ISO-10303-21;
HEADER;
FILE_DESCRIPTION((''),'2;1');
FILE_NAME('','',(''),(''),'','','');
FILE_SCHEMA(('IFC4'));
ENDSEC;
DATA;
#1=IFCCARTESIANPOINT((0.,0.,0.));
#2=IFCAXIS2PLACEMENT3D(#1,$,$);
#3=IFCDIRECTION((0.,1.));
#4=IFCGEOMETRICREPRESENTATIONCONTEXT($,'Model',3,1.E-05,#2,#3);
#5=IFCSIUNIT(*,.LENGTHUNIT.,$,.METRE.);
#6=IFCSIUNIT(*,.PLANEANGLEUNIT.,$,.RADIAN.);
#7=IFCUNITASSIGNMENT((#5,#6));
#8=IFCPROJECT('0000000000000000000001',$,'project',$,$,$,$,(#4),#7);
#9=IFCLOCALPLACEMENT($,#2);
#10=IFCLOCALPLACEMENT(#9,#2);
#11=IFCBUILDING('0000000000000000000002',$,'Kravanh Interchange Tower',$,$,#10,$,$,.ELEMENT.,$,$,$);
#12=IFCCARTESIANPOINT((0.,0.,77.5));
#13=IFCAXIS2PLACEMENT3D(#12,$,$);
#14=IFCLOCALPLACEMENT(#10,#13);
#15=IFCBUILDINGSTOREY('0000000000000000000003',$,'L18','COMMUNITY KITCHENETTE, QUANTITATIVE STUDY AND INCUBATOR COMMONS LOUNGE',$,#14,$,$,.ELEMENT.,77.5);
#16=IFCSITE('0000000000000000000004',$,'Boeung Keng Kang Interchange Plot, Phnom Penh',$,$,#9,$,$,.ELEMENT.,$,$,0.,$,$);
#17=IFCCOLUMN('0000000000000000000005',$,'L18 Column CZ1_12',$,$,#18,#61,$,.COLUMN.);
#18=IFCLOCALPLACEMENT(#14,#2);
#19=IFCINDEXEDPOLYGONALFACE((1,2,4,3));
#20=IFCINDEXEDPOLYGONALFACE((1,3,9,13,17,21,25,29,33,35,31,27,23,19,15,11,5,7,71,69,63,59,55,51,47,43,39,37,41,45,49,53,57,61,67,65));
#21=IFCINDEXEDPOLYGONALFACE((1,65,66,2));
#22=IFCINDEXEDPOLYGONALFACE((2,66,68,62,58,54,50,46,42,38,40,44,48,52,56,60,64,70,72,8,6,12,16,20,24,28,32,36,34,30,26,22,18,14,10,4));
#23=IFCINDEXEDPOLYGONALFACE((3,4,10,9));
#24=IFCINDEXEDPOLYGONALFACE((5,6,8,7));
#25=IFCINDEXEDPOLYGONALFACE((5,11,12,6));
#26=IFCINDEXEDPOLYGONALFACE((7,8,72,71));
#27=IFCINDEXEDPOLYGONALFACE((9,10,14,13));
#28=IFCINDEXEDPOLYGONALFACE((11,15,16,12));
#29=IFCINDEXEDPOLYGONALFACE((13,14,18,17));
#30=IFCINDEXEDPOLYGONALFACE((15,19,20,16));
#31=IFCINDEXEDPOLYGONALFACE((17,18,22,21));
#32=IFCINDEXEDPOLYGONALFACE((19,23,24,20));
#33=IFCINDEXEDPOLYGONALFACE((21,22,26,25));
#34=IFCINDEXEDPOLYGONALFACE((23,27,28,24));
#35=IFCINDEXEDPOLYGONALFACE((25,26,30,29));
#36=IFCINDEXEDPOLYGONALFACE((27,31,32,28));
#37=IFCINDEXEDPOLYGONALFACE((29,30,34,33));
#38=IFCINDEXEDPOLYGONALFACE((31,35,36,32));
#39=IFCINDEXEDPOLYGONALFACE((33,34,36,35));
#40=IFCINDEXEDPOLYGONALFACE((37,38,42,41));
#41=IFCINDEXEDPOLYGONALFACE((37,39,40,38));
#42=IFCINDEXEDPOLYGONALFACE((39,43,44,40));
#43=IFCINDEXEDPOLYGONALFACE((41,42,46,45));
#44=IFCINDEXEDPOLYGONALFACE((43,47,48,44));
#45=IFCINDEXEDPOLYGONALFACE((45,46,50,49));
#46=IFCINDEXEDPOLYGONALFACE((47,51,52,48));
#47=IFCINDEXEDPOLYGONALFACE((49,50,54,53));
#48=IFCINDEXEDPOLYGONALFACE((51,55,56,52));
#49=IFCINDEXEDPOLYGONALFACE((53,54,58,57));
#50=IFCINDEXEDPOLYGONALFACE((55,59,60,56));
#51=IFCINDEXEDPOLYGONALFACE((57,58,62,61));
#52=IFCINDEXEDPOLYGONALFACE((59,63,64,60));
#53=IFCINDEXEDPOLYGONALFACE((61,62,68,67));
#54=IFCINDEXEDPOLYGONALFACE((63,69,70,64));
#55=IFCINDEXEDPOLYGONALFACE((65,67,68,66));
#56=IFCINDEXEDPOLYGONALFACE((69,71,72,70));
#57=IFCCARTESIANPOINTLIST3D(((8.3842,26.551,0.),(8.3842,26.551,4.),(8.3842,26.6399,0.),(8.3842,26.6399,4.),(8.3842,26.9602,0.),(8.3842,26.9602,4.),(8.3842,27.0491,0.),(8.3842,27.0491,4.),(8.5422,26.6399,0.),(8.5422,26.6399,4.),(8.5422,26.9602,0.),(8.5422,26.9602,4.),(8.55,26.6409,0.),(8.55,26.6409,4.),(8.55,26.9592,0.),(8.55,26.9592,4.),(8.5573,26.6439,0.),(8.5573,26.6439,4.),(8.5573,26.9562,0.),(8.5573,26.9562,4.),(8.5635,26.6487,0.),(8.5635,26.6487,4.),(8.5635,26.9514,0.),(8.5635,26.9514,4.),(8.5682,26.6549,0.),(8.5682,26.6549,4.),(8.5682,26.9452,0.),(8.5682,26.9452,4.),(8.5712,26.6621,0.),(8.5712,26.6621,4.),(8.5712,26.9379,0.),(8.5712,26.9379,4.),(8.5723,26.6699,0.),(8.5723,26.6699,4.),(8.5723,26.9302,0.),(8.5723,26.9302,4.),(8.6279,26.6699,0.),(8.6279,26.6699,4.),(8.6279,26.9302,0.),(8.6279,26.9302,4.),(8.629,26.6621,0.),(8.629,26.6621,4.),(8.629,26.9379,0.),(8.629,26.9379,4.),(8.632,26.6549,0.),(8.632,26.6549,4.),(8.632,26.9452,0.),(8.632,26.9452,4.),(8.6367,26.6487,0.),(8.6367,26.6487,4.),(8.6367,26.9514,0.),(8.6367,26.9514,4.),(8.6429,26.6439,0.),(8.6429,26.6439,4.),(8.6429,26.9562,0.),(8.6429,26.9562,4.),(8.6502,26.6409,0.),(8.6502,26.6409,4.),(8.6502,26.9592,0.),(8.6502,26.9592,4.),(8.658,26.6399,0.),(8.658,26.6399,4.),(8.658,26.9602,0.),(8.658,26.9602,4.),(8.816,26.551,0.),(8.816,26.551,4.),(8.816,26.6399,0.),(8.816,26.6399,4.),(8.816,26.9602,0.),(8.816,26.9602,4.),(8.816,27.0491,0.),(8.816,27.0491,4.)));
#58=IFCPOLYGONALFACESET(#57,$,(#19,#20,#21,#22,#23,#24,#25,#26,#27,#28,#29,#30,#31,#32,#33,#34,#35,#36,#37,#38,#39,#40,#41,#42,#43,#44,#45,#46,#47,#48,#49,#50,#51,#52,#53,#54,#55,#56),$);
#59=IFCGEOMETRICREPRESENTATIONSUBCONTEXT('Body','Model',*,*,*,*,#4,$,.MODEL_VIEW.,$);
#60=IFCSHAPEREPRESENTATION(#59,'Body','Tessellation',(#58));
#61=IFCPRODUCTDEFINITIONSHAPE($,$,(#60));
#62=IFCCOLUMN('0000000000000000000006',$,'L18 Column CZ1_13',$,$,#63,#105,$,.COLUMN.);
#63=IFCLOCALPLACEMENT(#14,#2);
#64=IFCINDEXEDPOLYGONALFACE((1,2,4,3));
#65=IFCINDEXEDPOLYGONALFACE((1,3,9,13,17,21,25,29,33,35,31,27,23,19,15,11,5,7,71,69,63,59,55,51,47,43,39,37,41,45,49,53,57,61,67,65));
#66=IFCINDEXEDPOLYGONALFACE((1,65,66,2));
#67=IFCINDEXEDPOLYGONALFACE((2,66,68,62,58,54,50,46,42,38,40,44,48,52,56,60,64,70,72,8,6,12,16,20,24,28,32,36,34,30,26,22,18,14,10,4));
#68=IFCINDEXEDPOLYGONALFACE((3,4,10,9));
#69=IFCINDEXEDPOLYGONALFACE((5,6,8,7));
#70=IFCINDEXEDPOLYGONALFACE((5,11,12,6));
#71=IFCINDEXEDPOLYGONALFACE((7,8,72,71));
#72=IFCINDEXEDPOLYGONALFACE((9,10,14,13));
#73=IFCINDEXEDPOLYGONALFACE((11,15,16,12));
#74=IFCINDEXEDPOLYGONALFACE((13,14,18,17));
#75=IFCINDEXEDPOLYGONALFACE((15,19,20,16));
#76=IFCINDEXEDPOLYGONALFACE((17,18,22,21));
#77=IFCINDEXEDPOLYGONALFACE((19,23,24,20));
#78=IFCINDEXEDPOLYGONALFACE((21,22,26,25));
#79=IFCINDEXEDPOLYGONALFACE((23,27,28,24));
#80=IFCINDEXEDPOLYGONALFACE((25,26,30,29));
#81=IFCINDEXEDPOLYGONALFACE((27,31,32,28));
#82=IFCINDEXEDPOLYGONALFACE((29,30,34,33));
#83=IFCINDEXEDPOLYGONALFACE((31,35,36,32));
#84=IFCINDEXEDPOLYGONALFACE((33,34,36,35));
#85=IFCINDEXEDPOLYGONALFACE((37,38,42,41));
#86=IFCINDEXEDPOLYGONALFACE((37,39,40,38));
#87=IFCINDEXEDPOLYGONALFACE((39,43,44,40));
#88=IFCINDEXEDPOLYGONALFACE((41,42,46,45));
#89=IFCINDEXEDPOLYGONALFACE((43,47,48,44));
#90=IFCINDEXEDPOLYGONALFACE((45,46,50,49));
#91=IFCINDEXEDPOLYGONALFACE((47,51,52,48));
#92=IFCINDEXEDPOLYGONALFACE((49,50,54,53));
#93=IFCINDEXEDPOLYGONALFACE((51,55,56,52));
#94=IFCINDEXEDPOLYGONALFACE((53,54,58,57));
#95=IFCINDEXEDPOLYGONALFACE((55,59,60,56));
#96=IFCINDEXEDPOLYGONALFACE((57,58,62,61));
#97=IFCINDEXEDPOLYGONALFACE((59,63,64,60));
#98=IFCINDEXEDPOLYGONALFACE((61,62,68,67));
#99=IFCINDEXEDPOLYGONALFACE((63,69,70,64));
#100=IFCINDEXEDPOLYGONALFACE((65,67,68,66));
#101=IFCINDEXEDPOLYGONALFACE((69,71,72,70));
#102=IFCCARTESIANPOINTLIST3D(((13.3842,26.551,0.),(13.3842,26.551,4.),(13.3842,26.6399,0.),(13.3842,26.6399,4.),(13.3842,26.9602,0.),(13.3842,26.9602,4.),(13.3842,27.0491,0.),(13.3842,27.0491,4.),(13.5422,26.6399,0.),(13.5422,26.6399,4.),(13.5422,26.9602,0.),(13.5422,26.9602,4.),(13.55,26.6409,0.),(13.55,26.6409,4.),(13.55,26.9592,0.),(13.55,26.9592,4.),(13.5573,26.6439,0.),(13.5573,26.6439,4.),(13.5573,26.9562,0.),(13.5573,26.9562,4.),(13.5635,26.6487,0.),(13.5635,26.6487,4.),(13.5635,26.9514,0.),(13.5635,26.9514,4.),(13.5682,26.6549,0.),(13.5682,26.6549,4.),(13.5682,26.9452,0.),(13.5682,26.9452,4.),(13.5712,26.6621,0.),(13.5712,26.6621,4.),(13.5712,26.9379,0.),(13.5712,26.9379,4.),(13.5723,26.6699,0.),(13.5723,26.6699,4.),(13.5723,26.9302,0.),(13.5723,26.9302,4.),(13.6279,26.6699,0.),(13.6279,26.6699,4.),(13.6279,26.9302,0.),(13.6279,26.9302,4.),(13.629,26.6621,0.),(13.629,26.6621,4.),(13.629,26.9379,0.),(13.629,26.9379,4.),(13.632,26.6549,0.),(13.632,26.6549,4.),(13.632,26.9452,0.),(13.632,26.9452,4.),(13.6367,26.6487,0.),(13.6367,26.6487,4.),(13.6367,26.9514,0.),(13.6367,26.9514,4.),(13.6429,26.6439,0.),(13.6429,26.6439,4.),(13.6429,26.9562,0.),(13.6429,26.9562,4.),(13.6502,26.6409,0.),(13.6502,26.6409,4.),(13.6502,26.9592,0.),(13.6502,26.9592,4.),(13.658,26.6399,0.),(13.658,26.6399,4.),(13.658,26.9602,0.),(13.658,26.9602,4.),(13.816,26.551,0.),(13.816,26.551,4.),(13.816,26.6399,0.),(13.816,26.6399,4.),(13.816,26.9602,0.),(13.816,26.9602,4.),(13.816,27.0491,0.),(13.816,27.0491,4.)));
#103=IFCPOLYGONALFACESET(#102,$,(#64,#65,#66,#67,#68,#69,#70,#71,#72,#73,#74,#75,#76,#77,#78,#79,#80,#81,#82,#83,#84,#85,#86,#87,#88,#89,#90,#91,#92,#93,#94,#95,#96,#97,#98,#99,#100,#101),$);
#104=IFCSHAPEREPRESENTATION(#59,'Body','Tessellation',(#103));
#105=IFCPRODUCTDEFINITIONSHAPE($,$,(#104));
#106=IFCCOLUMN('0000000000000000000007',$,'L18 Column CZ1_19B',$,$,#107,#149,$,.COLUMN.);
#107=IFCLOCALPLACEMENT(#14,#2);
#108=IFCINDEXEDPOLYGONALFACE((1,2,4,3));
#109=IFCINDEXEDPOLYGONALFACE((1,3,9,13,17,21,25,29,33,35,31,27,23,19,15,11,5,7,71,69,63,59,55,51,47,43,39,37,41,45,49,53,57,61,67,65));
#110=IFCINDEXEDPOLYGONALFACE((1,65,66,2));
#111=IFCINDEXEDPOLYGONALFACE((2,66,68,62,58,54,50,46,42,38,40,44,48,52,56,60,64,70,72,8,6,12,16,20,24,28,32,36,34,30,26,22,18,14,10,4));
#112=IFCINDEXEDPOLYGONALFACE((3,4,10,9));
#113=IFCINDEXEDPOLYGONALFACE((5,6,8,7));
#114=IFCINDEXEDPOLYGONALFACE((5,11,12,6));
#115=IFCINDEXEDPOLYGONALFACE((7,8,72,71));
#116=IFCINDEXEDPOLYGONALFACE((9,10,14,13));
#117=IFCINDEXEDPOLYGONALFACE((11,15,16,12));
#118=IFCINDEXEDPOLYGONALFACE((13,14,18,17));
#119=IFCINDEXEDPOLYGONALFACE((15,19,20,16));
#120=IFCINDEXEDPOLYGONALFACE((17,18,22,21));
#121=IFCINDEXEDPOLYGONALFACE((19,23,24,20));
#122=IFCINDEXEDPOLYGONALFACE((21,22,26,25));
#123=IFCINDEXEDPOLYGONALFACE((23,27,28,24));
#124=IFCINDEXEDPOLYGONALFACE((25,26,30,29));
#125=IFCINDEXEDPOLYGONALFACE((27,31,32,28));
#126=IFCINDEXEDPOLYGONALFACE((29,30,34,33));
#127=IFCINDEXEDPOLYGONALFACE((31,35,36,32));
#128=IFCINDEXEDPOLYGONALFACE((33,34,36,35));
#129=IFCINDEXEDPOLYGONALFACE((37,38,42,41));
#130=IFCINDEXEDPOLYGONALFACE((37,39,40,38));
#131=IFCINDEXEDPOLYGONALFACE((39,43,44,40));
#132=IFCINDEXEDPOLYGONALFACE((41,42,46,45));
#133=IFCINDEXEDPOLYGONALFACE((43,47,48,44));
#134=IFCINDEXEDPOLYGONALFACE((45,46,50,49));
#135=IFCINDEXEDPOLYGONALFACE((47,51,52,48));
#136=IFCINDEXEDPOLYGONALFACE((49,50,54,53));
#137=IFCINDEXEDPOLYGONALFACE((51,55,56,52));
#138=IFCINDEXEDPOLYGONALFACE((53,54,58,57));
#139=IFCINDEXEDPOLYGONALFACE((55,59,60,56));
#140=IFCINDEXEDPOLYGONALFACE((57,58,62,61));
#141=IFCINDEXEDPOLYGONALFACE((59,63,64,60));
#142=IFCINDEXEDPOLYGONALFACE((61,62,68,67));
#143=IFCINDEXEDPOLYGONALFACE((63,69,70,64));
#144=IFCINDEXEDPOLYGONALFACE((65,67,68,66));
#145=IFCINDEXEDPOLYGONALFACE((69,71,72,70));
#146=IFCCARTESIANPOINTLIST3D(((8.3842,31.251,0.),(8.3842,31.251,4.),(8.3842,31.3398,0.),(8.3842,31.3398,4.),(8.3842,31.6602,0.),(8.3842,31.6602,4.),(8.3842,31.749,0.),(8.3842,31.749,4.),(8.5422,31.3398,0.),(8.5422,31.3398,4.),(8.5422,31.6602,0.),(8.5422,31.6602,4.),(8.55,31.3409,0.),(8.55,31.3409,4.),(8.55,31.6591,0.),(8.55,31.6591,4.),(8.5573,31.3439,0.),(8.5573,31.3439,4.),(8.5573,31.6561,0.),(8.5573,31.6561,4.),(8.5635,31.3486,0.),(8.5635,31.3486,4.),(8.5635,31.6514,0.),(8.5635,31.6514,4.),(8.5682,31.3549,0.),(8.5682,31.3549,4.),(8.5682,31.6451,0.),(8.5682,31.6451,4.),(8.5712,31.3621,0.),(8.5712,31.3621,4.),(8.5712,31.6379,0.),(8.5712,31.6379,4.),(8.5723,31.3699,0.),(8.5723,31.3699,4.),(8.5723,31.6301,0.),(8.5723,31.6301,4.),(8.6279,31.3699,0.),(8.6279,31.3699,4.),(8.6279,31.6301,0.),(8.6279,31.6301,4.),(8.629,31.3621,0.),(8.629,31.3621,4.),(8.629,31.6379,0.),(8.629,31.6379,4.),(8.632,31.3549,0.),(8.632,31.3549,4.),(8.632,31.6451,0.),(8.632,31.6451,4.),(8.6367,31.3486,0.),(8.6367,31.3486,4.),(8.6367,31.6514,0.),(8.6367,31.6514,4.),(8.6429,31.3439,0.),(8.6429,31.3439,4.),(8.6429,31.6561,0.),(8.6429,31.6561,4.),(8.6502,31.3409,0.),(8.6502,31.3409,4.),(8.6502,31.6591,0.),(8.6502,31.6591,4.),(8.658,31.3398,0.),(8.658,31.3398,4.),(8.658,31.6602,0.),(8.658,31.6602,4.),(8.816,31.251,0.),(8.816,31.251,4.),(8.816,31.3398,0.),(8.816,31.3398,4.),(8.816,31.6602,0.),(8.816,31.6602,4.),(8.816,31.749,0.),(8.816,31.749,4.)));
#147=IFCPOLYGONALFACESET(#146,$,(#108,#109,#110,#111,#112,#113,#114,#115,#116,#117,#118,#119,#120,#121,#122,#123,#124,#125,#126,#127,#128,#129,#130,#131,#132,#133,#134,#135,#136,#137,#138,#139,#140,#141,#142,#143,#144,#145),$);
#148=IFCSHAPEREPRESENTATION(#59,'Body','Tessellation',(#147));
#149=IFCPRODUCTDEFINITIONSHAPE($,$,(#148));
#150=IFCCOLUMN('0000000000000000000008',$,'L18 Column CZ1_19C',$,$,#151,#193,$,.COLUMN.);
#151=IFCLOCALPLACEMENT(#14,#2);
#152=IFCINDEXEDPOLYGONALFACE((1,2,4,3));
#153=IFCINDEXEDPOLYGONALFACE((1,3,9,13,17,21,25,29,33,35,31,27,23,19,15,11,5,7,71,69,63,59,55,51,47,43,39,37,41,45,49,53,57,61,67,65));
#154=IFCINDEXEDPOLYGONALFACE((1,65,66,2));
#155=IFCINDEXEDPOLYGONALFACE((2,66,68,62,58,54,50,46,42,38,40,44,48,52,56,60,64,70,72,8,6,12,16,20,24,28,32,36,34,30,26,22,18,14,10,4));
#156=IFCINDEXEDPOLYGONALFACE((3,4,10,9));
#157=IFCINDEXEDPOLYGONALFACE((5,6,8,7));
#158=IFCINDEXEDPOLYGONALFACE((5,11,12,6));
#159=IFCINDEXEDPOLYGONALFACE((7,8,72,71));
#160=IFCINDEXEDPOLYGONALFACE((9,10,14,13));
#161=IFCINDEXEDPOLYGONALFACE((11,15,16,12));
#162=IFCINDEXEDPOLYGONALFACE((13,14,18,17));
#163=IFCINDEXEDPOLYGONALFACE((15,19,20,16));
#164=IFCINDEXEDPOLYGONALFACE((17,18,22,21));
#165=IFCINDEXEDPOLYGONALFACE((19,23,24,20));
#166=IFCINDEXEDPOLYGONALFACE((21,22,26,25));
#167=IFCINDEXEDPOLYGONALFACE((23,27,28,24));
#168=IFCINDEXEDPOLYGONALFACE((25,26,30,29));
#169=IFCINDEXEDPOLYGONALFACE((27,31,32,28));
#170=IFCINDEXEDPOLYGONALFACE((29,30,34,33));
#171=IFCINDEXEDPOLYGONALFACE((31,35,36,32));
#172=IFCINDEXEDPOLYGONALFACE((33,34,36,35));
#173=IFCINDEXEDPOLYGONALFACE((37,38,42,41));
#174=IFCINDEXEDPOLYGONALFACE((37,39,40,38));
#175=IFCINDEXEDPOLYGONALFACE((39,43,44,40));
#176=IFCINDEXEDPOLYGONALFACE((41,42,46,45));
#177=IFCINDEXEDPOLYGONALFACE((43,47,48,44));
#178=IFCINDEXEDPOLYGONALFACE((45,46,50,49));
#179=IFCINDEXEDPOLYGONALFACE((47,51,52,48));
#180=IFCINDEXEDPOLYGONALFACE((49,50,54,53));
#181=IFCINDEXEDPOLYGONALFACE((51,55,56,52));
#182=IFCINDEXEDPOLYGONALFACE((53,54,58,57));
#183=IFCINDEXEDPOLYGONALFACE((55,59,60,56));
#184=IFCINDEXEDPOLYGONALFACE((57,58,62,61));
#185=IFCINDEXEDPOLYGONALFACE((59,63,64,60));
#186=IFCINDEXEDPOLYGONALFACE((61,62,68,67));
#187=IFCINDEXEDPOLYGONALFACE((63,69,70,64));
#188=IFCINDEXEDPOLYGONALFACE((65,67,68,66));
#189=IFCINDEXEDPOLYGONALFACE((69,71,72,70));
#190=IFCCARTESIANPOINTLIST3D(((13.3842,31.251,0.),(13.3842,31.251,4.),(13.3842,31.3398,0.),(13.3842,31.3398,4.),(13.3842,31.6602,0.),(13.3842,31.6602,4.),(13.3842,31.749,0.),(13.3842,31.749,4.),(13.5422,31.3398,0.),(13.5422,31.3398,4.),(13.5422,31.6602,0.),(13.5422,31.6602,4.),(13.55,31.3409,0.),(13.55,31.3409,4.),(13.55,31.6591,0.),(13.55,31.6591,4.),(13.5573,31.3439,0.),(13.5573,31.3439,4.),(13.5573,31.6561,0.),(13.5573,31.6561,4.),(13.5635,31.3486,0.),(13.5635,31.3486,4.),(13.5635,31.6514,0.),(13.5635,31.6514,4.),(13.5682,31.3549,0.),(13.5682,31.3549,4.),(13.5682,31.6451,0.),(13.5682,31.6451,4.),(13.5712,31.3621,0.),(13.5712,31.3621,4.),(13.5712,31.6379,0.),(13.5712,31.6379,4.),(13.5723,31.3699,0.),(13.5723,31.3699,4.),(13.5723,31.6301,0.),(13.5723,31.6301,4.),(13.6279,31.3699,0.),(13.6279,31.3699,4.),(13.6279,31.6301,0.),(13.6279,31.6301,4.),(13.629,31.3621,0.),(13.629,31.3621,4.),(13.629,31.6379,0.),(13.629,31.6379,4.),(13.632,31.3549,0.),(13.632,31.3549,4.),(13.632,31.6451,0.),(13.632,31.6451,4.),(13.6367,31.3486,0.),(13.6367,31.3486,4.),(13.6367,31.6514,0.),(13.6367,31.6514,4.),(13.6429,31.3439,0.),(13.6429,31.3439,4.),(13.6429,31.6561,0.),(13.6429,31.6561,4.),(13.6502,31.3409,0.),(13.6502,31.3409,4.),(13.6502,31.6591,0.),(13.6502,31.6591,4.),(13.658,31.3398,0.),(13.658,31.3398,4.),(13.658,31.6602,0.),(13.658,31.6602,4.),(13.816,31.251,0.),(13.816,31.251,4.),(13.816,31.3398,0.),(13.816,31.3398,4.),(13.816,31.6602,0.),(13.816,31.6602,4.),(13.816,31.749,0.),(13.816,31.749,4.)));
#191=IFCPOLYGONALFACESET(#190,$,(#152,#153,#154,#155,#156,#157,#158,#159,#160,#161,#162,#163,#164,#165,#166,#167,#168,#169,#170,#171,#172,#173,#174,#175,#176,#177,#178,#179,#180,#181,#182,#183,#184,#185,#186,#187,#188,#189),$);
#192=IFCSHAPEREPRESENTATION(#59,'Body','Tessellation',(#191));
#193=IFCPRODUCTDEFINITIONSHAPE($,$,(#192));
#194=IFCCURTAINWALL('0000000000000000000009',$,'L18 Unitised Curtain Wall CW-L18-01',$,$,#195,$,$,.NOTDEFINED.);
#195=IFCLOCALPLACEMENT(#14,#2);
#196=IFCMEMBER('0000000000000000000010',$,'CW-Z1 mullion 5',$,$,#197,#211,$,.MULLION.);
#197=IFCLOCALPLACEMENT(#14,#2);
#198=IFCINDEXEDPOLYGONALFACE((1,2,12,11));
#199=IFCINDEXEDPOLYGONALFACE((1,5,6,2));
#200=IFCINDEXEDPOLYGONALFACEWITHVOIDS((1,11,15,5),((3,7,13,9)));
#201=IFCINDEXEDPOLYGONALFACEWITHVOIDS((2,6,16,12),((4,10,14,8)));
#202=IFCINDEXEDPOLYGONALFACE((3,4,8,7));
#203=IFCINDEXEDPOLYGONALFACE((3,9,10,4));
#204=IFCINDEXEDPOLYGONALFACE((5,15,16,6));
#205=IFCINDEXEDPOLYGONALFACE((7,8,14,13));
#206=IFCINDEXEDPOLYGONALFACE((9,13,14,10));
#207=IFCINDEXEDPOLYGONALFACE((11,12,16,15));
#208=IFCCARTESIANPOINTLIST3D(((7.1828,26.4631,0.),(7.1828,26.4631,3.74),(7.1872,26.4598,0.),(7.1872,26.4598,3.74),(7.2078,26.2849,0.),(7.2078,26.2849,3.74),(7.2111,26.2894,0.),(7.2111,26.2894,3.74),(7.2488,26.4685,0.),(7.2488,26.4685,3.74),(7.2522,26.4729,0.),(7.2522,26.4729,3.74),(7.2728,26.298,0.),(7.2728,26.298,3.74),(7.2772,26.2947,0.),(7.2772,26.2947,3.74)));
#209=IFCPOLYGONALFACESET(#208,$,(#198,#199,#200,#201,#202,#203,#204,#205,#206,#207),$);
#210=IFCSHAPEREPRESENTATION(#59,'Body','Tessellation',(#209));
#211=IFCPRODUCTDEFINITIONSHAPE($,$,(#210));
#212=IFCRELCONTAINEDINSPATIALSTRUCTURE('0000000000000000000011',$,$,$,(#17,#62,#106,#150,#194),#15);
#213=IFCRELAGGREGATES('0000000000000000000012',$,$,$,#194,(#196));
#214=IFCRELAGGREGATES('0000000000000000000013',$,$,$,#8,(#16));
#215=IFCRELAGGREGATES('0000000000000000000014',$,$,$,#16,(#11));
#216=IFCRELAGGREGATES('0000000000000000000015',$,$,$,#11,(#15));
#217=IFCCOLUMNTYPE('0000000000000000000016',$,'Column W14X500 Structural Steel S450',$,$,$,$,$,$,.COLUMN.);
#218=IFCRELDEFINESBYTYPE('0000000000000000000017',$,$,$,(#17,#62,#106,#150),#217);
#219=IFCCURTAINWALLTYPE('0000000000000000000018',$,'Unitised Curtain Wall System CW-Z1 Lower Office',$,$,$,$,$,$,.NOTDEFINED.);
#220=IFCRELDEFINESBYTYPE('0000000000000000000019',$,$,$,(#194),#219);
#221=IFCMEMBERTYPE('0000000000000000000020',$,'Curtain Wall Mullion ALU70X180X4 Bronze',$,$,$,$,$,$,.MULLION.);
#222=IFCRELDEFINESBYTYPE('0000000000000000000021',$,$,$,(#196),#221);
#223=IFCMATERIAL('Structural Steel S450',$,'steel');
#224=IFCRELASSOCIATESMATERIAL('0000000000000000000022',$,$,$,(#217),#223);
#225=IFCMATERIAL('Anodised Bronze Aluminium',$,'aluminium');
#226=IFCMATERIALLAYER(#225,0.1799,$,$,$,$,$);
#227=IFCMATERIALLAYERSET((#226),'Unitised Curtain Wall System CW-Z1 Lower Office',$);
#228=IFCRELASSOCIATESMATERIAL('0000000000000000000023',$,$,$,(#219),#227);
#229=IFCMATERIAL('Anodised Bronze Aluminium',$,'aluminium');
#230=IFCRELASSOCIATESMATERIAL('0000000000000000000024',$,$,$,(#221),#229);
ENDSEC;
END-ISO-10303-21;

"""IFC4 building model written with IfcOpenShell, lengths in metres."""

from ifc_helpers import new_model, si_unit, direction, frame, origin, origin_2d, place, context, subcontext, project, spatial, hollow_rectangle, i_section, extrude, material, layer, layer_set, material_profile, profile_set, type_object, element, aggregate, save


model = new_model("IFC4")

# Units and contexts
model_context = context("Model", 3, precision=1e-05, world=origin(), true_north=direction((0.0, 1.0)))
body_context = subcontext(model_context, "Body", "Model", "MODEL_VIEW")
ifc_project = project(units=[si_unit("LENGTHUNIT", "METRE"), si_unit("PLANEANGLEUNIT", "RADIAN")], contexts=[model_context])

# Site, building, storey
site_placement = place(None, origin())
site = spatial("IfcSite", under=ifc_project, at=site_placement, Name="Boeung Keng Kang Interchange Plot, Phnom Penh", CompositionType="ELEMENT", RefElevation=0.0)
building_placement = place(site_placement, origin())
building = spatial("IfcBuilding", under=site, at=building_placement, Name="Kravanh Interchange Tower", CompositionType="ELEMENT")
storey_placement = place(building_placement, frame((0.0, 0.0, 77.5)))
storey = spatial("IfcBuildingStorey", under=building, at=storey_placement, Name="L18", Description="COMMUNITY KITCHENETTE, QUANTITATIVE STUDY AND INCUBATOR COMMONS LOUNGE", CompositionType="ELEMENT", Elevation=77.5)

# Columns
ifc_material_1 = material(Name="Structural Steel S450", Category="steel")
ifc_material_profile_1 = material_profile(ifc_material_1, i_section(OverallWidth=0.4319, OverallDepth=0.498, WebThickness=0.0557, FlangeThickness=0.0889, FilletRadius=0.03, at=origin_2d()), Name="W14X500")
ifc_profile_set_1 = profile_set([ifc_material_profile_1], Name="Structural Steel S450")
column_type = type_object("IfcColumnType", Name="Column W14X500 Structural Steel S450", PredefinedType="COLUMN", material=ifc_profile_set_1)
for number, where, z_axis, x_axis, name in (
    (1, (8.6001, 26.8, 0.0), (0.0, 0.0, 1.0), (1.0, 0.0, 0.0), "L18 Column CZ1_12"),
    (2, (13.6001, 26.8, 0.0), (0.0, 0.0, 1.0), (1.0, 0.0, 0.0), "L18 Column CZ1_13"),
    (3, (8.6001, 31.5, 0.0), (0.0, 0.0, 1.0), (1.0, 0.0, 0.0), "L18 Column CZ1_19B"),
    (4, (13.6001, 31.5, 0.0), (0.0, 0.0, 1.0), (1.0, 0.0, 0.0), "L18 Column CZ1_19C"),
):
    element("IfcColumn", number, at=place(storey_placement, frame(where, z_axis=z_axis, x_axis=x_axis)), inside=storey, type_object=column_type, Name=name, PredefinedType="COLUMN", context=body_context, shape_type="SweptSolid", body=[
        extrude(i_section(OverallWidth=0.4319, OverallDepth=0.498, WebThickness=0.0557, FlangeThickness=0.0889, FilletRadius=0.03, at=origin_2d()), origin(), (0.0, 0.0, 1.0), 4.0),
    ])

# Curtain wall, member
ifc_material_2 = material(Name="Anodised Bronze Aluminium", Category="aluminium")
ifc_layer_1 = layer(ifc_material_2, 0.1799)
ifc_layer_set_1 = layer_set([ifc_layer_1], Name="Unitised Curtain Wall System CW-Z1 Lower Office")
curtain_wall_type = type_object("IfcCurtainWallType", Name="Unitised Curtain Wall System CW-Z1 Lower Office", PredefinedType="NOTDEFINED", material=ifc_layer_set_1)
curtain_wall_placement = place(storey_placement, origin())
curtain_wall = element("IfcCurtainWall", 5, at=curtain_wall_placement, inside=storey, type_object=curtain_wall_type, Name="L18 Unitised Curtain Wall CW-L18-01", PredefinedType="NOTDEFINED")
ifc_material_3 = material(Name="Anodised Bronze Aluminium", Category="aluminium")
ifc_material_profile_2 = material_profile(ifc_material_3, hollow_rectangle(XDim=0.0701, YDim=0.1799, WallThickness=0.0039, at=origin_2d()), Name="ALU70X180X4")
ifc_profile_set_2 = profile_set([ifc_material_profile_2], Name="Anodised Bronze Aluminium")
member_type_1 = type_object("IfcMemberType", Name="Curtain Wall Mullion ALU70X180X4 Bronze", PredefinedType="MULLION", material=ifc_profile_set_2)
member_1_placement = place(storey_placement, frame((7.23, 26.3789, 0.0), z_axis=(0.0, 0.0, 1.0), x_axis=(-0.990268, -0.139177, 0.0)))
member_1 = element("IfcMember", 6, at=member_1_placement, type_object=member_type_1, Name="CW-Z1 mullion 5", PredefinedType="MULLION", context=body_context, shape_type="SweptSolid", body=[
    extrude(hollow_rectangle(XDim=0.0701, YDim=0.1799, WallThickness=0.0039, at=origin_2d()), origin(), (0.0, 0.0, 1.0), 3.74),
])

aggregate(curtain_wall, [member_1])

save(model, "model.ifc")
